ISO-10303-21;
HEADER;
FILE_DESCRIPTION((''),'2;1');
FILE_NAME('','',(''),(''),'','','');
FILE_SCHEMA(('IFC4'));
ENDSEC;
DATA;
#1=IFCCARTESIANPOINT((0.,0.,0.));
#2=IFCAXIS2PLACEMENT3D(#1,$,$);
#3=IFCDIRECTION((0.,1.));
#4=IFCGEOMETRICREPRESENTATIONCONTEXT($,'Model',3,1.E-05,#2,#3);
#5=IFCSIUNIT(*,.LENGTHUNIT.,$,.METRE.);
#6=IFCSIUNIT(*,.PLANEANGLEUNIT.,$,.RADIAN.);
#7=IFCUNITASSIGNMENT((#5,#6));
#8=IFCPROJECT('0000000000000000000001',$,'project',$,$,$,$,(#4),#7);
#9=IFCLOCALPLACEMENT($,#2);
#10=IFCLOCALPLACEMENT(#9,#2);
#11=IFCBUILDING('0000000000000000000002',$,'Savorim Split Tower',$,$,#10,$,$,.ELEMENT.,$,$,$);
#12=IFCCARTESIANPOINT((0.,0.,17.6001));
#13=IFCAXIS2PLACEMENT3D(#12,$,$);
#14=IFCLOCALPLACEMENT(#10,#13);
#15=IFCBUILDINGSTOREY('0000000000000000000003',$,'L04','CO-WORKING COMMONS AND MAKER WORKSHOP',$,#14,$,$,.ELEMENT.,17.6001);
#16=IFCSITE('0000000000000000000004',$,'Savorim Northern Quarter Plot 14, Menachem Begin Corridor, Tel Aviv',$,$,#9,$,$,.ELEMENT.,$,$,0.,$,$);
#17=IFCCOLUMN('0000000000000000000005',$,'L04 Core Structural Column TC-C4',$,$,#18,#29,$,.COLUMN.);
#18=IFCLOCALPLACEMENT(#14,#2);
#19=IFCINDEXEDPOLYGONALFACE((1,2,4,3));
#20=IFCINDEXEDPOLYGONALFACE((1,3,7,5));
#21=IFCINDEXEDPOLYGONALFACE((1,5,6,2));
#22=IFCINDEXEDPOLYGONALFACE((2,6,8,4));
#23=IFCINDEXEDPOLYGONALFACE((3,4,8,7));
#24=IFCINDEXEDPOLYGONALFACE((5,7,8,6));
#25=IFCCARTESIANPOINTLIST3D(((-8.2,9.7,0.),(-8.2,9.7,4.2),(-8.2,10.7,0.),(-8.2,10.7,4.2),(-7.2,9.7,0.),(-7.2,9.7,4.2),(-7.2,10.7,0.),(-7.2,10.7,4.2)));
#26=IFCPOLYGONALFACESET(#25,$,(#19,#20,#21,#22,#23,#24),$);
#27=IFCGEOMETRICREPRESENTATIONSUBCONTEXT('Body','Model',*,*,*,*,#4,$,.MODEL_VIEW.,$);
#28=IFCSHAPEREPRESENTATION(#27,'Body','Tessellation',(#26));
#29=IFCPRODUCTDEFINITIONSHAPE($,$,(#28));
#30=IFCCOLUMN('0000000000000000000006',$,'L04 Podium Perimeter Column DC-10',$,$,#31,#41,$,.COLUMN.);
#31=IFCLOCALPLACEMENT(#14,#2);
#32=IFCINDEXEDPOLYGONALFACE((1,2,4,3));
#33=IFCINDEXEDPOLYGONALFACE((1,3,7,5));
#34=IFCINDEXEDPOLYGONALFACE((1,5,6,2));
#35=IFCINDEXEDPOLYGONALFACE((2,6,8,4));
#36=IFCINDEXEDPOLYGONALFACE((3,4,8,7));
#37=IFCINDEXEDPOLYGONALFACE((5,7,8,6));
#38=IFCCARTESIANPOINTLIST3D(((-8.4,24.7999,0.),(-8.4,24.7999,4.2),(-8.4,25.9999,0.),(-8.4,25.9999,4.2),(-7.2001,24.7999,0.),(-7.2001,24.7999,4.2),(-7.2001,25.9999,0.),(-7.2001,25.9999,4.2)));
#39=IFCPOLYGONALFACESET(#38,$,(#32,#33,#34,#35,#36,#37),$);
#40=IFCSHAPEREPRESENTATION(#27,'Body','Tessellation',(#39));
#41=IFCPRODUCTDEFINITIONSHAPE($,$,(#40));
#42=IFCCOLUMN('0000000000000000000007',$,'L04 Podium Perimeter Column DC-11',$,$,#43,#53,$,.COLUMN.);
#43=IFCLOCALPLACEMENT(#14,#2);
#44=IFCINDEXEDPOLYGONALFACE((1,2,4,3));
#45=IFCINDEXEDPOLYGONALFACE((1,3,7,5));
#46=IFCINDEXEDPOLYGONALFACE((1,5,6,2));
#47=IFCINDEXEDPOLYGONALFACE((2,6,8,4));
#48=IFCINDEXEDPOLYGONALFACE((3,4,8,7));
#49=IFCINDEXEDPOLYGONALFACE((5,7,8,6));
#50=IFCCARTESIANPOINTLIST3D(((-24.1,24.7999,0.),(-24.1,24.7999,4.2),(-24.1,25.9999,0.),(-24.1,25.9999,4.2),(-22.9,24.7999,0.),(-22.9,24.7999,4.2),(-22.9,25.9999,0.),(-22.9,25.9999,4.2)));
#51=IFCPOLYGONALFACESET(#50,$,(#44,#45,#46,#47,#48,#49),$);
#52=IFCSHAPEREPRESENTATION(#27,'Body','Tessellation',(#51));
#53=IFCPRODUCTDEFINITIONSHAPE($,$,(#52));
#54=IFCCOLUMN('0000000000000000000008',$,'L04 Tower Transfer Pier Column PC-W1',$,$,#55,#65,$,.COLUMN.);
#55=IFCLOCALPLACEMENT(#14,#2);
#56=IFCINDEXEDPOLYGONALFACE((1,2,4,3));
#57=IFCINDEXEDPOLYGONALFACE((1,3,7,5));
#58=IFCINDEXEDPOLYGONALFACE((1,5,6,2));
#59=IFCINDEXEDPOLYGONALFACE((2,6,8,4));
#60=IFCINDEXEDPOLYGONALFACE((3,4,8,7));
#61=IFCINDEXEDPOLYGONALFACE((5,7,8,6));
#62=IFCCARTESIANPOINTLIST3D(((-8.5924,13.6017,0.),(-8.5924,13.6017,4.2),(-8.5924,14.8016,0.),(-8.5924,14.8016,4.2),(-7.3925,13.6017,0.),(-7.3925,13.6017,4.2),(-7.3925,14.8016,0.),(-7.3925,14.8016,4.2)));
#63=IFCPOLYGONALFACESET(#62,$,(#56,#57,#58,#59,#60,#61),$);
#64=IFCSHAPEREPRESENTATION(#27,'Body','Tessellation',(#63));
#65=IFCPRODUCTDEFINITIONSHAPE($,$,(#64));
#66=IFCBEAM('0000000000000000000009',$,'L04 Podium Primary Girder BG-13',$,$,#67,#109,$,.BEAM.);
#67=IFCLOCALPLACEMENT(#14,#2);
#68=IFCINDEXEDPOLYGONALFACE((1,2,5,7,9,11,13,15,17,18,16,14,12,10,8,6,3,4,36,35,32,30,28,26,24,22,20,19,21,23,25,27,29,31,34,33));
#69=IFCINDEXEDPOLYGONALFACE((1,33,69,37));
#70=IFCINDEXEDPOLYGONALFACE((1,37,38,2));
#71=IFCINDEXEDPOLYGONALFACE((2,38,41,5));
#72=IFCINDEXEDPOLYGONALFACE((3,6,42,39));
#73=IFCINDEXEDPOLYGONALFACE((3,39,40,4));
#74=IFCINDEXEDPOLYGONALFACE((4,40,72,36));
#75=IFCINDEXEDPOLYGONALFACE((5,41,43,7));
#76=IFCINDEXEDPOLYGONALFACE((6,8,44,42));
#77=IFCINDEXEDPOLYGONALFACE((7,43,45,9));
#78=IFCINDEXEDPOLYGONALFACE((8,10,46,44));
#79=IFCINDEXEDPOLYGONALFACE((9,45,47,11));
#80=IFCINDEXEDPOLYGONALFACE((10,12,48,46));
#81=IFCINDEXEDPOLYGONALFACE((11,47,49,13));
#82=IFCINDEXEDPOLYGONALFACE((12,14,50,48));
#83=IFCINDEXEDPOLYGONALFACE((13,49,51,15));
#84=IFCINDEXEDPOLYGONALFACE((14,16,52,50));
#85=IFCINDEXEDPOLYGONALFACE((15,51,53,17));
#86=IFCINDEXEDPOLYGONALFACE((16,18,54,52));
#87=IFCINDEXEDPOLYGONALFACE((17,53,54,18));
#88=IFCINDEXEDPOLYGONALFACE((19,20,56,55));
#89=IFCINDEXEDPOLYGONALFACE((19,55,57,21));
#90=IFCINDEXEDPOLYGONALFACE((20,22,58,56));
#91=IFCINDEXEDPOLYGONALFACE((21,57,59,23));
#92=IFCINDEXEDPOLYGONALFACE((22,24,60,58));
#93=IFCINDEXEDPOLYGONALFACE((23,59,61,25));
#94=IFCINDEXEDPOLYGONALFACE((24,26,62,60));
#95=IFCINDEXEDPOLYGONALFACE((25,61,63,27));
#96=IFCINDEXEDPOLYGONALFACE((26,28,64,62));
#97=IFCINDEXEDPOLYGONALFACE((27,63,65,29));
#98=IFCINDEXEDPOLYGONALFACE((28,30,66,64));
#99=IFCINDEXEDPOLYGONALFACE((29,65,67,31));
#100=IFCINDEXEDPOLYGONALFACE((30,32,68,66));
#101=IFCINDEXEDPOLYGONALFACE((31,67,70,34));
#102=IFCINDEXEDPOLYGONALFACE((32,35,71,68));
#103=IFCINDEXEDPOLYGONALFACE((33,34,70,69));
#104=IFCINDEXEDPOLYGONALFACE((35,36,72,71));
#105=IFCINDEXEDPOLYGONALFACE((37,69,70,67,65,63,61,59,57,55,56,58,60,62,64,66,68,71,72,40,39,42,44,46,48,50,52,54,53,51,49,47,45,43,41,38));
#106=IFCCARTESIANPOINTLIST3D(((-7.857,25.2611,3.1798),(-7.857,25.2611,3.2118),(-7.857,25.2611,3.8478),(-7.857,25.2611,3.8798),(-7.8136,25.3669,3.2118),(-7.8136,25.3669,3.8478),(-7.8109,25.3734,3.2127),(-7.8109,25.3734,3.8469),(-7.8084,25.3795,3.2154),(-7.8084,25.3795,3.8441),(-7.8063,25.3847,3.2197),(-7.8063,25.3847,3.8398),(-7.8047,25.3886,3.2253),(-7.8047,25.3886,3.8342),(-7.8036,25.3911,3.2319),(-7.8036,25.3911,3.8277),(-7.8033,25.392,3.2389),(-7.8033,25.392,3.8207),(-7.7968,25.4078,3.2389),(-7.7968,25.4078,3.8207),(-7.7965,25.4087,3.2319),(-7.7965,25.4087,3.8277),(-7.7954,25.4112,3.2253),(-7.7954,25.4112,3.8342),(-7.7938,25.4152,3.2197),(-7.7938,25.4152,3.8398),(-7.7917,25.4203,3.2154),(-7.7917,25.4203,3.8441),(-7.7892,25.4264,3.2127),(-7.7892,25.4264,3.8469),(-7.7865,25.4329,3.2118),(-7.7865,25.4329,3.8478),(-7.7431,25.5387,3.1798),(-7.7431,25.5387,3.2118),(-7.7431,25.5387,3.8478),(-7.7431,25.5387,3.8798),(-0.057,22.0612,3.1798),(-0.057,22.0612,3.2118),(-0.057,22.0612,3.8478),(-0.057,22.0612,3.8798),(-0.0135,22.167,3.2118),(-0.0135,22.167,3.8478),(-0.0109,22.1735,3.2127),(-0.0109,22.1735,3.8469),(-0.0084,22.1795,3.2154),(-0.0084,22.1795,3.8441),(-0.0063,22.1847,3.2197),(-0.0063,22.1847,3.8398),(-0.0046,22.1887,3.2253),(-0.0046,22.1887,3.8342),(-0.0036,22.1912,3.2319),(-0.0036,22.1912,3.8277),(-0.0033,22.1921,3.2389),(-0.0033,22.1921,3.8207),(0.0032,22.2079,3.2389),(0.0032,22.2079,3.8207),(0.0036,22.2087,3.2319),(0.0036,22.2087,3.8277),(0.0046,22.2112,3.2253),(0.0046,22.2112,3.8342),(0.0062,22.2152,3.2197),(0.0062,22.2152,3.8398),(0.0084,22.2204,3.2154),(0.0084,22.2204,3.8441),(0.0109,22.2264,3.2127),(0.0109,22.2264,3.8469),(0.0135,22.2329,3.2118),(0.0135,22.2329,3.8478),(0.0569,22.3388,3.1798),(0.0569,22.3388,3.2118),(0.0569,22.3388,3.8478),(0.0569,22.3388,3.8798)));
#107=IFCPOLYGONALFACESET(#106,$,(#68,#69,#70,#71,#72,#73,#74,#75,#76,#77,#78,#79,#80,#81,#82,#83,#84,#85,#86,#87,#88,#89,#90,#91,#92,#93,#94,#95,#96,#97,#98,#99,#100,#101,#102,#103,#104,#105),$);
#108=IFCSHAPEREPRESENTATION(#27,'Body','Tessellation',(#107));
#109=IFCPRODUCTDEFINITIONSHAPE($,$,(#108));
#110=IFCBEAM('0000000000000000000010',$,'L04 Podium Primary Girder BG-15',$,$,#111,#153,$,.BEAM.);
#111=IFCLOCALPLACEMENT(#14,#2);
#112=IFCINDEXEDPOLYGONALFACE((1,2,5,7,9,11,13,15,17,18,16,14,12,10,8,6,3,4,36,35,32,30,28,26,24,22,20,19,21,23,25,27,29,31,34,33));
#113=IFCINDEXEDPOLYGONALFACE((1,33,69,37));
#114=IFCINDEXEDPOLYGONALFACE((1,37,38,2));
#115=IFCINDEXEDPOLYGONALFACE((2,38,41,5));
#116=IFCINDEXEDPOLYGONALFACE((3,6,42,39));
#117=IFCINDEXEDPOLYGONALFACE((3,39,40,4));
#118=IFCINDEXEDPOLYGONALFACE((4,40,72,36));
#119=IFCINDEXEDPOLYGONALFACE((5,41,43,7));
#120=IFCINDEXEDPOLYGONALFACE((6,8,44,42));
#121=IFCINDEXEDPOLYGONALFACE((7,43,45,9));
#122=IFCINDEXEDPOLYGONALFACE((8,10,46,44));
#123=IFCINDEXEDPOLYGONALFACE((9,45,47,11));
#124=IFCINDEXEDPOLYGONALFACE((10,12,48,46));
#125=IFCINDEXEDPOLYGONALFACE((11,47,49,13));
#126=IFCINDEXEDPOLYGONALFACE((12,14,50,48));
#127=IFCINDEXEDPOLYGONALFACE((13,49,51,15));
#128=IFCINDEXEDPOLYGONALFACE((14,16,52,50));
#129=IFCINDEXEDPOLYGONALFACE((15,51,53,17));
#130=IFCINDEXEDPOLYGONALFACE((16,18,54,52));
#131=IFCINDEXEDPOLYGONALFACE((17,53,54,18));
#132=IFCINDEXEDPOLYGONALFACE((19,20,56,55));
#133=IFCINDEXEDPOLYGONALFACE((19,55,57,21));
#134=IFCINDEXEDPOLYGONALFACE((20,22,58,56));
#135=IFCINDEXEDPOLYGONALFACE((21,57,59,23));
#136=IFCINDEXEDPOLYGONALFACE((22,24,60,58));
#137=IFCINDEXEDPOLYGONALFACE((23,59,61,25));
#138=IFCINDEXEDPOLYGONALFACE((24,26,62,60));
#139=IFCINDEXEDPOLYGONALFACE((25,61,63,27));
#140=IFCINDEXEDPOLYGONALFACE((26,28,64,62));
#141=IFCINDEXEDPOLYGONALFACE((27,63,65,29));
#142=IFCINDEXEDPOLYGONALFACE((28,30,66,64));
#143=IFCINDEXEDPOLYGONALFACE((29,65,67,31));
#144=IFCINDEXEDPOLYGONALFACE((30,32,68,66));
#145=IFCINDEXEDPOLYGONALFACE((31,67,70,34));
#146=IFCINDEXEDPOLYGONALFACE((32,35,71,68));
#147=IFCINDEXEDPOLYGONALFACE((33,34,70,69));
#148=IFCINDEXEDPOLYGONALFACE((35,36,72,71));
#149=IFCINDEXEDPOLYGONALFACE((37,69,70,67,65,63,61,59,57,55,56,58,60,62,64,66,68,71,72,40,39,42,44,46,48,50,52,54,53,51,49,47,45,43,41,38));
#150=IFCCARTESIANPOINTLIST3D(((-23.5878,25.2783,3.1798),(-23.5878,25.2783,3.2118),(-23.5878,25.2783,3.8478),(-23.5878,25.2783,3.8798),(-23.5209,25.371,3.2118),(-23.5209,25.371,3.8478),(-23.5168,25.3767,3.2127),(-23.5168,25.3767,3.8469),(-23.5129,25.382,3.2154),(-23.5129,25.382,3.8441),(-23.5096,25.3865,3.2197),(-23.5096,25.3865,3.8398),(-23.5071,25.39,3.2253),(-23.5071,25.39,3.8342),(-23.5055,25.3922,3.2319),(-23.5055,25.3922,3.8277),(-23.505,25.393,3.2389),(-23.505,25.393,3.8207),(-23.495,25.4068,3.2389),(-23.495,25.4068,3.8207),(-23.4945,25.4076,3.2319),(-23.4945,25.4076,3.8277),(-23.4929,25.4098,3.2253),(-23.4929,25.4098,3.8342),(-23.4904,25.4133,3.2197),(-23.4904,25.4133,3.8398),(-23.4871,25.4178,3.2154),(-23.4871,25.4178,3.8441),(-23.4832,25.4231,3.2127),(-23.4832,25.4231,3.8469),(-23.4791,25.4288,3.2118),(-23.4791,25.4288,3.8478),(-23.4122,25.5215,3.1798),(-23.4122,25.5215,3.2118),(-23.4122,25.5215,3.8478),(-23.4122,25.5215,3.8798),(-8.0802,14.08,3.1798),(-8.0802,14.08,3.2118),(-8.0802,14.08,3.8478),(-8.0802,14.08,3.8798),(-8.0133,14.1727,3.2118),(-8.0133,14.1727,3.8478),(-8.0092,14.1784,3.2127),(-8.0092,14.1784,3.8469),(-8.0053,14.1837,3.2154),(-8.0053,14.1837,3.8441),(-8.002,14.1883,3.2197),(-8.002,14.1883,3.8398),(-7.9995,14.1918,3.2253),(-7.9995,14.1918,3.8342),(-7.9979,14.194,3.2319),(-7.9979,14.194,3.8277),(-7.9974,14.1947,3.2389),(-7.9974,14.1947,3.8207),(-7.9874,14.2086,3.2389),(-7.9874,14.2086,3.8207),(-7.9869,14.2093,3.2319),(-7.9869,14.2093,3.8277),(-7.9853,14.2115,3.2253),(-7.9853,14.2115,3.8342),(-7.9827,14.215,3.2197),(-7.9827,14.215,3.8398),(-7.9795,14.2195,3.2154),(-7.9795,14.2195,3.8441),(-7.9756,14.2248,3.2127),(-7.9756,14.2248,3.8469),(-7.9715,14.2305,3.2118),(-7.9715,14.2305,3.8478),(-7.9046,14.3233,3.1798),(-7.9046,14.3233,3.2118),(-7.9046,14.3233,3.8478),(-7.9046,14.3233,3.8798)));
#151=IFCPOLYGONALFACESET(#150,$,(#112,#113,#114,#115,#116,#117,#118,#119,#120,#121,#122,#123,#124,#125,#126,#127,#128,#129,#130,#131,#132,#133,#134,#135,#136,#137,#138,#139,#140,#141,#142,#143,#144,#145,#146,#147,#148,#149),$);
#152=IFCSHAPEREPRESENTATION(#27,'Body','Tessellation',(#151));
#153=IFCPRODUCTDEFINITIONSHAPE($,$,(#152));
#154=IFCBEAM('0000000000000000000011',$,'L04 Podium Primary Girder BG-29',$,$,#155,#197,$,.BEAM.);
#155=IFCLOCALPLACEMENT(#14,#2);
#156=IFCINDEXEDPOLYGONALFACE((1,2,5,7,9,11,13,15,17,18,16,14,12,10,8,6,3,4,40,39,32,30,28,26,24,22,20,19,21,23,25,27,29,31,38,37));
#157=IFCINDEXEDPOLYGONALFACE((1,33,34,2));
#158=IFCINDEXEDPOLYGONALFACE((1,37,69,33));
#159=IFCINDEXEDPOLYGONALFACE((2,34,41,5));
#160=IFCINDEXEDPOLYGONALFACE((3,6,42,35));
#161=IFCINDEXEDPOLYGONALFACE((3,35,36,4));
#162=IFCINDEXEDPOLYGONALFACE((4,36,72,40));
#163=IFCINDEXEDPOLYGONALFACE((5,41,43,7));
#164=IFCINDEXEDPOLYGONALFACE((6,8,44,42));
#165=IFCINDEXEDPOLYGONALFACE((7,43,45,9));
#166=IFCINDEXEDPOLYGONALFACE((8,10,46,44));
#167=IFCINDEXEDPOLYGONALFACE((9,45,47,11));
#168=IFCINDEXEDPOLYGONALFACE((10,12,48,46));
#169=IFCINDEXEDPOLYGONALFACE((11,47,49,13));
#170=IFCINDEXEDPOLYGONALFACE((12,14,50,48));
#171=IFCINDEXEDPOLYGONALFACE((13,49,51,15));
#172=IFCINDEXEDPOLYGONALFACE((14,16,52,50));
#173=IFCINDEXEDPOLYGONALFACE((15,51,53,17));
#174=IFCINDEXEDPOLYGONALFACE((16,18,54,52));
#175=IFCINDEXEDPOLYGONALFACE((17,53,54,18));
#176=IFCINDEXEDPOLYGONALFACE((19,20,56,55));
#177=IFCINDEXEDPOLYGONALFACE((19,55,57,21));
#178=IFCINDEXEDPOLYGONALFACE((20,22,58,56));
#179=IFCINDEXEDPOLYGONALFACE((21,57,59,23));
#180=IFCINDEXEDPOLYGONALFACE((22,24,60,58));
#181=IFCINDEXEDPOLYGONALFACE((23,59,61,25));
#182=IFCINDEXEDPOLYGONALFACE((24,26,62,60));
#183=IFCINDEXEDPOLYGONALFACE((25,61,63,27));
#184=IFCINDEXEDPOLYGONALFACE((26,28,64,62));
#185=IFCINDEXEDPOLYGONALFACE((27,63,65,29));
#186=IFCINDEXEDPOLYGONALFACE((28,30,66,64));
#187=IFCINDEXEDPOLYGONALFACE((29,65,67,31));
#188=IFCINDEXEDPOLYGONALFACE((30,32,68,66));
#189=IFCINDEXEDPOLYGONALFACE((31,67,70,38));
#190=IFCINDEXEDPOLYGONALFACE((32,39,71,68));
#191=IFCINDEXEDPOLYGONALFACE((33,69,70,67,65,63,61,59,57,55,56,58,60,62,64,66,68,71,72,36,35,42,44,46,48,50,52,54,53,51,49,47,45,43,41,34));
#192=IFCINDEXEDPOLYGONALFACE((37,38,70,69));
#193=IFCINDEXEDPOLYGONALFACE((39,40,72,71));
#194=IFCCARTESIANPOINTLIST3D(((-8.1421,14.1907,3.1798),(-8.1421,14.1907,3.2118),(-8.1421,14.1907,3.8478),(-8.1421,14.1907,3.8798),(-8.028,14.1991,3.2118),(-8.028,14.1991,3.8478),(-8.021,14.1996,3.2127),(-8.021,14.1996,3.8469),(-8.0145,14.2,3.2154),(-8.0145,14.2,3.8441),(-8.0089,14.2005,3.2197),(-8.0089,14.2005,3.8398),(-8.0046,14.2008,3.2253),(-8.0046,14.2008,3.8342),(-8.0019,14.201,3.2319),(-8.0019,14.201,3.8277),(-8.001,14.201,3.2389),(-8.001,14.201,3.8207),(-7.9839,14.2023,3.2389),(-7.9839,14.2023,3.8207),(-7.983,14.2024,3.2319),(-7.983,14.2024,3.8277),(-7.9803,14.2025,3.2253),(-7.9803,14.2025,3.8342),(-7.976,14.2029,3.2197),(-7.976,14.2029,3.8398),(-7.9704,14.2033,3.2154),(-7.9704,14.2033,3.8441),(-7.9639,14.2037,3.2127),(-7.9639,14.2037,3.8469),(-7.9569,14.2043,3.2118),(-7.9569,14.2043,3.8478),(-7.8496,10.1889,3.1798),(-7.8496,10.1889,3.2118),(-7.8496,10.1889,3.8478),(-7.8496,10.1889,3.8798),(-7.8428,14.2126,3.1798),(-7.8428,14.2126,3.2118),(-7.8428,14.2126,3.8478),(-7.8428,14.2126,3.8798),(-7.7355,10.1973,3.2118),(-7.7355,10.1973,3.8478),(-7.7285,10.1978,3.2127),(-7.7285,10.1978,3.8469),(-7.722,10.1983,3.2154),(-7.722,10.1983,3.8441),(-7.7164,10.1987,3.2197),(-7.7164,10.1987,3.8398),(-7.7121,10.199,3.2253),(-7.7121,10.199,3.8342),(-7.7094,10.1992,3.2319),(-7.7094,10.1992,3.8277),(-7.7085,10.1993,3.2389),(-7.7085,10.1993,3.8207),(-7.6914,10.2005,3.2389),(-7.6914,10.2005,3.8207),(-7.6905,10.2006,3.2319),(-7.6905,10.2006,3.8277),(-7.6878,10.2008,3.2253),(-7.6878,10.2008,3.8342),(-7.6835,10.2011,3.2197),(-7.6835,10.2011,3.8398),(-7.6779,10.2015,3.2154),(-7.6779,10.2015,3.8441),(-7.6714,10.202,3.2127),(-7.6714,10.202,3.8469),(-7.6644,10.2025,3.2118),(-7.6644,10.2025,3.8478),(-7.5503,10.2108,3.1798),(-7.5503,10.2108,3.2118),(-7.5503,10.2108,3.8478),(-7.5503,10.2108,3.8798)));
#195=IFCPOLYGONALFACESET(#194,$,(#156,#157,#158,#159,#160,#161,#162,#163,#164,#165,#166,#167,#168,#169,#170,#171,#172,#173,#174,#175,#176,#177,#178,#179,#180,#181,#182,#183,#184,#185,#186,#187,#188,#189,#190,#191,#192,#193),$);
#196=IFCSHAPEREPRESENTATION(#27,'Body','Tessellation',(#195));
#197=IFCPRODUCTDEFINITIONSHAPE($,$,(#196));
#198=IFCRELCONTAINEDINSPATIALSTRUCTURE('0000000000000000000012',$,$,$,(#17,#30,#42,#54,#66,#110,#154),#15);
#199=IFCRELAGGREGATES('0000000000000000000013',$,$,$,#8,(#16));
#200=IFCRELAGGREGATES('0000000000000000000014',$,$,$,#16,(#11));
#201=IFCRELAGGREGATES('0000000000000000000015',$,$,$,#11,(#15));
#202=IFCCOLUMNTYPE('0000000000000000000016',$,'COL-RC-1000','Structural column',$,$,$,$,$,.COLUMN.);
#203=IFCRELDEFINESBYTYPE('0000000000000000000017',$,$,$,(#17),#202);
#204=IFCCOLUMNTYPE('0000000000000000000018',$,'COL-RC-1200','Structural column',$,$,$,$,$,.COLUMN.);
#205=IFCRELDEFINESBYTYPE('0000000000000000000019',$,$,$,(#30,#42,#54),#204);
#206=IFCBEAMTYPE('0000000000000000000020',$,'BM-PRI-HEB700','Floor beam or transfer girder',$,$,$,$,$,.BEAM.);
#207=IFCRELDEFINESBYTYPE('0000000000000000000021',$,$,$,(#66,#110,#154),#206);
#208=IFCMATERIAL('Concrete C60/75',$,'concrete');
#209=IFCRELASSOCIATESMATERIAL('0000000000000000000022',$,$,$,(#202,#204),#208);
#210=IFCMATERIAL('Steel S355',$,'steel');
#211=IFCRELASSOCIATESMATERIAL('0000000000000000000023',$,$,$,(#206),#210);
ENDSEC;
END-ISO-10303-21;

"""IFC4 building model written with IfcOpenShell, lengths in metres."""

from ifc_helpers import new_model, si_unit, direction, frame, origin, origin_2d, place, context, subcontext, project, spatial, rectangle, i_section, extrude, material, material_profile, profile_set, type_object, element, save


model = new_model("IFC4")

# Units and contexts
model_context = context("Model", 3, precision=1e-05, world=origin(), true_north=direction((0.0, 1.0)))
body_context = subcontext(model_context, "Body", "Model", "MODEL_VIEW")
ifc_project = project(units=[si_unit("LENGTHUNIT", "METRE"), si_unit("PLANEANGLEUNIT", "RADIAN")], contexts=[model_context])

# Site, building, storey
site_placement = place(None, origin())
site = spatial("IfcSite", under=ifc_project, at=site_placement, Name="Savorim Northern Quarter Plot 14, Menachem Begin Corridor, Tel Aviv", CompositionType="ELEMENT", RefElevation=0.0)
building_placement = place(site_placement, origin())
building = spatial("IfcBuilding", under=site, at=building_placement, Name="Savorim Split Tower", CompositionType="ELEMENT")
storey_placement = place(building_placement, frame((0.0, 0.0, 17.6001)))
storey = spatial("IfcBuildingStorey", under=building, at=storey_placement, Name="L04", Description="CO-WORKING COMMONS AND MAKER WORKSHOP", CompositionType="ELEMENT", Elevation=17.6001)

# Columns
ifc_material_1 = material(Name="Concrete C60/75", Category="concrete")
ifc_material_profile_1 = material_profile(ifc_material_1, rectangle(XDim=1.0, YDim=1.0, at=origin_2d()), Name="RC 1000x1000")
ifc_profile_set_1 = profile_set([ifc_material_profile_1], Name="Concrete C60/75")
column_type_1 = type_object("IfcColumnType", Name="COL-RC-1000", Description="Structural column", PredefinedType="COLUMN", material=ifc_profile_set_1)
column_placement = place(storey_placement, frame((-7.7, 10.2, 0.0), z_axis=(0.0, 0.0, 1.0), x_axis=(1.0, 0.0, 0.0)))
element("IfcColumn", 1, at=column_placement, inside=storey, type_object=column_type_1, Name="L04 Core Structural Column TC-C4", PredefinedType="COLUMN", context=body_context, shape_type="SweptSolid", body=[
    extrude(rectangle(XDim=1.0, YDim=1.0, at=origin_2d()), origin(), (0.0, 0.0, 1.0), 4.2),
])
ifc_material_profile_2 = material_profile(ifc_material_1, rectangle(XDim=1.2, YDim=1.2, at=origin_2d()), Name="RC 1200x1200")
ifc_profile_set_2 = profile_set([ifc_material_profile_2], Name="Concrete C60/75")
column_type_2 = type_object("IfcColumnType", Name="COL-RC-1200", Description="Structural column", PredefinedType="COLUMN", material=ifc_profile_set_2)
for number, where, z_axis, x_axis, name in (
    (2, (-7.8, 25.3999, 0.0), (0.0, 0.0, 1.0), (1.0, 0.0, 0.0), "L04 Podium Perimeter Column DC-10"),
    (3, (-23.5, 25.3999, 0.0), (0.0, 0.0, 1.0), (1.0, 0.0, 0.0), "L04 Podium Perimeter Column DC-11"),
    (4, (-7.9924, 14.2017, 0.0), (0.0, 0.0, 1.0), (1.0, 0.0, 0.0), "L04 Tower Transfer Pier Column PC-W1"),
):
    element("IfcColumn", number, at=place(storey_placement, frame(where, z_axis=z_axis, x_axis=x_axis)), inside=storey, type_object=column_type_2, Name=name, PredefinedType="COLUMN", context=body_context, shape_type="SweptSolid", body=[
        extrude(rectangle(XDim=1.2, YDim=1.2, at=origin_2d()), origin(), (0.0, 0.0, 1.0), 4.2),
    ])

# Beams
ifc_material_2 = material(Name="Steel S355", Category="steel")
ifc_material_profile_3 = material_profile(ifc_material_2, i_section(OverallWidth=0.3, OverallDepth=0.7, WebThickness=0.0171, FlangeThickness=0.032, FilletRadius=0.0271, at=origin_2d()), Name="HEB 700")
ifc_profile_set_3 = profile_set([ifc_material_profile_3], Name="Steel S355")
beam_type_1 = type_object("IfcBeamType", Name="BM-PRI-HEB700", Description="Floor beam or transfer girder", PredefinedType="BEAM", material=ifc_profile_set_3)
beam_1_placement = place(storey_placement, frame((-7.8, 25.3999, 3.5298), z_axis=(0.925171, -0.379549, 0.0), x_axis=(0.379549, 0.925171, 0.0)))
element("IfcBeam", 5, at=beam_1_placement, inside=storey, type_object=beam_type_1, Name="L04 Podium Primary Girder BG-13", PredefinedType="BEAM", context=body_context, shape_type="SweptSolid", body=[
    extrude(i_section(OverallWidth=0.3, OverallDepth=0.7, WebThickness=0.0171, FlangeThickness=0.032, FilletRadius=0.0271, at=origin_2d()), origin(), (0.0, 0.0, 1.0), 8.4309),
])
beam_2_placement = place(storey_placement, frame((-23.5, 25.3999, 3.5298), z_axis=(0.810721, -0.585433, 0.0), x_axis=(0.585433, 0.810721, 0.0)))
element("IfcBeam", 6, at=beam_2_placement, inside=storey, type_object=beam_type_1, Name="L04 Podium Primary Girder BG-15", PredefinedType="BEAM", context=body_context, shape_type="SweptSolid", body=[
    extrude(i_section(OverallWidth=0.3, OverallDepth=0.7, WebThickness=0.0171, FlangeThickness=0.032, FilletRadius=0.0271, at=origin_2d()), origin(), (0.0, 0.0, 1.0), 19.1282),
])
beam_3_placement = place(storey_placement, frame((-7.9924, 14.2017, 3.5298), z_axis=(0.072894, -0.99734, 0.0), x_axis=(0.99734, 0.072894, 0.0)))
element("IfcBeam", 7, at=beam_3_placement, inside=storey, type_object=beam_type_1, Name="L04 Podium Primary Girder BG-29", PredefinedType="BEAM", context=body_context, shape_type="SweptSolid", body=[
    extrude(i_section(OverallWidth=0.3, OverallDepth=0.7, WebThickness=0.0171, FlangeThickness=0.032, FilletRadius=0.0271, at=origin_2d()), origin(), (0.0, 0.0, 1.0), 4.0125),
])

save(model, "model.ifc")
